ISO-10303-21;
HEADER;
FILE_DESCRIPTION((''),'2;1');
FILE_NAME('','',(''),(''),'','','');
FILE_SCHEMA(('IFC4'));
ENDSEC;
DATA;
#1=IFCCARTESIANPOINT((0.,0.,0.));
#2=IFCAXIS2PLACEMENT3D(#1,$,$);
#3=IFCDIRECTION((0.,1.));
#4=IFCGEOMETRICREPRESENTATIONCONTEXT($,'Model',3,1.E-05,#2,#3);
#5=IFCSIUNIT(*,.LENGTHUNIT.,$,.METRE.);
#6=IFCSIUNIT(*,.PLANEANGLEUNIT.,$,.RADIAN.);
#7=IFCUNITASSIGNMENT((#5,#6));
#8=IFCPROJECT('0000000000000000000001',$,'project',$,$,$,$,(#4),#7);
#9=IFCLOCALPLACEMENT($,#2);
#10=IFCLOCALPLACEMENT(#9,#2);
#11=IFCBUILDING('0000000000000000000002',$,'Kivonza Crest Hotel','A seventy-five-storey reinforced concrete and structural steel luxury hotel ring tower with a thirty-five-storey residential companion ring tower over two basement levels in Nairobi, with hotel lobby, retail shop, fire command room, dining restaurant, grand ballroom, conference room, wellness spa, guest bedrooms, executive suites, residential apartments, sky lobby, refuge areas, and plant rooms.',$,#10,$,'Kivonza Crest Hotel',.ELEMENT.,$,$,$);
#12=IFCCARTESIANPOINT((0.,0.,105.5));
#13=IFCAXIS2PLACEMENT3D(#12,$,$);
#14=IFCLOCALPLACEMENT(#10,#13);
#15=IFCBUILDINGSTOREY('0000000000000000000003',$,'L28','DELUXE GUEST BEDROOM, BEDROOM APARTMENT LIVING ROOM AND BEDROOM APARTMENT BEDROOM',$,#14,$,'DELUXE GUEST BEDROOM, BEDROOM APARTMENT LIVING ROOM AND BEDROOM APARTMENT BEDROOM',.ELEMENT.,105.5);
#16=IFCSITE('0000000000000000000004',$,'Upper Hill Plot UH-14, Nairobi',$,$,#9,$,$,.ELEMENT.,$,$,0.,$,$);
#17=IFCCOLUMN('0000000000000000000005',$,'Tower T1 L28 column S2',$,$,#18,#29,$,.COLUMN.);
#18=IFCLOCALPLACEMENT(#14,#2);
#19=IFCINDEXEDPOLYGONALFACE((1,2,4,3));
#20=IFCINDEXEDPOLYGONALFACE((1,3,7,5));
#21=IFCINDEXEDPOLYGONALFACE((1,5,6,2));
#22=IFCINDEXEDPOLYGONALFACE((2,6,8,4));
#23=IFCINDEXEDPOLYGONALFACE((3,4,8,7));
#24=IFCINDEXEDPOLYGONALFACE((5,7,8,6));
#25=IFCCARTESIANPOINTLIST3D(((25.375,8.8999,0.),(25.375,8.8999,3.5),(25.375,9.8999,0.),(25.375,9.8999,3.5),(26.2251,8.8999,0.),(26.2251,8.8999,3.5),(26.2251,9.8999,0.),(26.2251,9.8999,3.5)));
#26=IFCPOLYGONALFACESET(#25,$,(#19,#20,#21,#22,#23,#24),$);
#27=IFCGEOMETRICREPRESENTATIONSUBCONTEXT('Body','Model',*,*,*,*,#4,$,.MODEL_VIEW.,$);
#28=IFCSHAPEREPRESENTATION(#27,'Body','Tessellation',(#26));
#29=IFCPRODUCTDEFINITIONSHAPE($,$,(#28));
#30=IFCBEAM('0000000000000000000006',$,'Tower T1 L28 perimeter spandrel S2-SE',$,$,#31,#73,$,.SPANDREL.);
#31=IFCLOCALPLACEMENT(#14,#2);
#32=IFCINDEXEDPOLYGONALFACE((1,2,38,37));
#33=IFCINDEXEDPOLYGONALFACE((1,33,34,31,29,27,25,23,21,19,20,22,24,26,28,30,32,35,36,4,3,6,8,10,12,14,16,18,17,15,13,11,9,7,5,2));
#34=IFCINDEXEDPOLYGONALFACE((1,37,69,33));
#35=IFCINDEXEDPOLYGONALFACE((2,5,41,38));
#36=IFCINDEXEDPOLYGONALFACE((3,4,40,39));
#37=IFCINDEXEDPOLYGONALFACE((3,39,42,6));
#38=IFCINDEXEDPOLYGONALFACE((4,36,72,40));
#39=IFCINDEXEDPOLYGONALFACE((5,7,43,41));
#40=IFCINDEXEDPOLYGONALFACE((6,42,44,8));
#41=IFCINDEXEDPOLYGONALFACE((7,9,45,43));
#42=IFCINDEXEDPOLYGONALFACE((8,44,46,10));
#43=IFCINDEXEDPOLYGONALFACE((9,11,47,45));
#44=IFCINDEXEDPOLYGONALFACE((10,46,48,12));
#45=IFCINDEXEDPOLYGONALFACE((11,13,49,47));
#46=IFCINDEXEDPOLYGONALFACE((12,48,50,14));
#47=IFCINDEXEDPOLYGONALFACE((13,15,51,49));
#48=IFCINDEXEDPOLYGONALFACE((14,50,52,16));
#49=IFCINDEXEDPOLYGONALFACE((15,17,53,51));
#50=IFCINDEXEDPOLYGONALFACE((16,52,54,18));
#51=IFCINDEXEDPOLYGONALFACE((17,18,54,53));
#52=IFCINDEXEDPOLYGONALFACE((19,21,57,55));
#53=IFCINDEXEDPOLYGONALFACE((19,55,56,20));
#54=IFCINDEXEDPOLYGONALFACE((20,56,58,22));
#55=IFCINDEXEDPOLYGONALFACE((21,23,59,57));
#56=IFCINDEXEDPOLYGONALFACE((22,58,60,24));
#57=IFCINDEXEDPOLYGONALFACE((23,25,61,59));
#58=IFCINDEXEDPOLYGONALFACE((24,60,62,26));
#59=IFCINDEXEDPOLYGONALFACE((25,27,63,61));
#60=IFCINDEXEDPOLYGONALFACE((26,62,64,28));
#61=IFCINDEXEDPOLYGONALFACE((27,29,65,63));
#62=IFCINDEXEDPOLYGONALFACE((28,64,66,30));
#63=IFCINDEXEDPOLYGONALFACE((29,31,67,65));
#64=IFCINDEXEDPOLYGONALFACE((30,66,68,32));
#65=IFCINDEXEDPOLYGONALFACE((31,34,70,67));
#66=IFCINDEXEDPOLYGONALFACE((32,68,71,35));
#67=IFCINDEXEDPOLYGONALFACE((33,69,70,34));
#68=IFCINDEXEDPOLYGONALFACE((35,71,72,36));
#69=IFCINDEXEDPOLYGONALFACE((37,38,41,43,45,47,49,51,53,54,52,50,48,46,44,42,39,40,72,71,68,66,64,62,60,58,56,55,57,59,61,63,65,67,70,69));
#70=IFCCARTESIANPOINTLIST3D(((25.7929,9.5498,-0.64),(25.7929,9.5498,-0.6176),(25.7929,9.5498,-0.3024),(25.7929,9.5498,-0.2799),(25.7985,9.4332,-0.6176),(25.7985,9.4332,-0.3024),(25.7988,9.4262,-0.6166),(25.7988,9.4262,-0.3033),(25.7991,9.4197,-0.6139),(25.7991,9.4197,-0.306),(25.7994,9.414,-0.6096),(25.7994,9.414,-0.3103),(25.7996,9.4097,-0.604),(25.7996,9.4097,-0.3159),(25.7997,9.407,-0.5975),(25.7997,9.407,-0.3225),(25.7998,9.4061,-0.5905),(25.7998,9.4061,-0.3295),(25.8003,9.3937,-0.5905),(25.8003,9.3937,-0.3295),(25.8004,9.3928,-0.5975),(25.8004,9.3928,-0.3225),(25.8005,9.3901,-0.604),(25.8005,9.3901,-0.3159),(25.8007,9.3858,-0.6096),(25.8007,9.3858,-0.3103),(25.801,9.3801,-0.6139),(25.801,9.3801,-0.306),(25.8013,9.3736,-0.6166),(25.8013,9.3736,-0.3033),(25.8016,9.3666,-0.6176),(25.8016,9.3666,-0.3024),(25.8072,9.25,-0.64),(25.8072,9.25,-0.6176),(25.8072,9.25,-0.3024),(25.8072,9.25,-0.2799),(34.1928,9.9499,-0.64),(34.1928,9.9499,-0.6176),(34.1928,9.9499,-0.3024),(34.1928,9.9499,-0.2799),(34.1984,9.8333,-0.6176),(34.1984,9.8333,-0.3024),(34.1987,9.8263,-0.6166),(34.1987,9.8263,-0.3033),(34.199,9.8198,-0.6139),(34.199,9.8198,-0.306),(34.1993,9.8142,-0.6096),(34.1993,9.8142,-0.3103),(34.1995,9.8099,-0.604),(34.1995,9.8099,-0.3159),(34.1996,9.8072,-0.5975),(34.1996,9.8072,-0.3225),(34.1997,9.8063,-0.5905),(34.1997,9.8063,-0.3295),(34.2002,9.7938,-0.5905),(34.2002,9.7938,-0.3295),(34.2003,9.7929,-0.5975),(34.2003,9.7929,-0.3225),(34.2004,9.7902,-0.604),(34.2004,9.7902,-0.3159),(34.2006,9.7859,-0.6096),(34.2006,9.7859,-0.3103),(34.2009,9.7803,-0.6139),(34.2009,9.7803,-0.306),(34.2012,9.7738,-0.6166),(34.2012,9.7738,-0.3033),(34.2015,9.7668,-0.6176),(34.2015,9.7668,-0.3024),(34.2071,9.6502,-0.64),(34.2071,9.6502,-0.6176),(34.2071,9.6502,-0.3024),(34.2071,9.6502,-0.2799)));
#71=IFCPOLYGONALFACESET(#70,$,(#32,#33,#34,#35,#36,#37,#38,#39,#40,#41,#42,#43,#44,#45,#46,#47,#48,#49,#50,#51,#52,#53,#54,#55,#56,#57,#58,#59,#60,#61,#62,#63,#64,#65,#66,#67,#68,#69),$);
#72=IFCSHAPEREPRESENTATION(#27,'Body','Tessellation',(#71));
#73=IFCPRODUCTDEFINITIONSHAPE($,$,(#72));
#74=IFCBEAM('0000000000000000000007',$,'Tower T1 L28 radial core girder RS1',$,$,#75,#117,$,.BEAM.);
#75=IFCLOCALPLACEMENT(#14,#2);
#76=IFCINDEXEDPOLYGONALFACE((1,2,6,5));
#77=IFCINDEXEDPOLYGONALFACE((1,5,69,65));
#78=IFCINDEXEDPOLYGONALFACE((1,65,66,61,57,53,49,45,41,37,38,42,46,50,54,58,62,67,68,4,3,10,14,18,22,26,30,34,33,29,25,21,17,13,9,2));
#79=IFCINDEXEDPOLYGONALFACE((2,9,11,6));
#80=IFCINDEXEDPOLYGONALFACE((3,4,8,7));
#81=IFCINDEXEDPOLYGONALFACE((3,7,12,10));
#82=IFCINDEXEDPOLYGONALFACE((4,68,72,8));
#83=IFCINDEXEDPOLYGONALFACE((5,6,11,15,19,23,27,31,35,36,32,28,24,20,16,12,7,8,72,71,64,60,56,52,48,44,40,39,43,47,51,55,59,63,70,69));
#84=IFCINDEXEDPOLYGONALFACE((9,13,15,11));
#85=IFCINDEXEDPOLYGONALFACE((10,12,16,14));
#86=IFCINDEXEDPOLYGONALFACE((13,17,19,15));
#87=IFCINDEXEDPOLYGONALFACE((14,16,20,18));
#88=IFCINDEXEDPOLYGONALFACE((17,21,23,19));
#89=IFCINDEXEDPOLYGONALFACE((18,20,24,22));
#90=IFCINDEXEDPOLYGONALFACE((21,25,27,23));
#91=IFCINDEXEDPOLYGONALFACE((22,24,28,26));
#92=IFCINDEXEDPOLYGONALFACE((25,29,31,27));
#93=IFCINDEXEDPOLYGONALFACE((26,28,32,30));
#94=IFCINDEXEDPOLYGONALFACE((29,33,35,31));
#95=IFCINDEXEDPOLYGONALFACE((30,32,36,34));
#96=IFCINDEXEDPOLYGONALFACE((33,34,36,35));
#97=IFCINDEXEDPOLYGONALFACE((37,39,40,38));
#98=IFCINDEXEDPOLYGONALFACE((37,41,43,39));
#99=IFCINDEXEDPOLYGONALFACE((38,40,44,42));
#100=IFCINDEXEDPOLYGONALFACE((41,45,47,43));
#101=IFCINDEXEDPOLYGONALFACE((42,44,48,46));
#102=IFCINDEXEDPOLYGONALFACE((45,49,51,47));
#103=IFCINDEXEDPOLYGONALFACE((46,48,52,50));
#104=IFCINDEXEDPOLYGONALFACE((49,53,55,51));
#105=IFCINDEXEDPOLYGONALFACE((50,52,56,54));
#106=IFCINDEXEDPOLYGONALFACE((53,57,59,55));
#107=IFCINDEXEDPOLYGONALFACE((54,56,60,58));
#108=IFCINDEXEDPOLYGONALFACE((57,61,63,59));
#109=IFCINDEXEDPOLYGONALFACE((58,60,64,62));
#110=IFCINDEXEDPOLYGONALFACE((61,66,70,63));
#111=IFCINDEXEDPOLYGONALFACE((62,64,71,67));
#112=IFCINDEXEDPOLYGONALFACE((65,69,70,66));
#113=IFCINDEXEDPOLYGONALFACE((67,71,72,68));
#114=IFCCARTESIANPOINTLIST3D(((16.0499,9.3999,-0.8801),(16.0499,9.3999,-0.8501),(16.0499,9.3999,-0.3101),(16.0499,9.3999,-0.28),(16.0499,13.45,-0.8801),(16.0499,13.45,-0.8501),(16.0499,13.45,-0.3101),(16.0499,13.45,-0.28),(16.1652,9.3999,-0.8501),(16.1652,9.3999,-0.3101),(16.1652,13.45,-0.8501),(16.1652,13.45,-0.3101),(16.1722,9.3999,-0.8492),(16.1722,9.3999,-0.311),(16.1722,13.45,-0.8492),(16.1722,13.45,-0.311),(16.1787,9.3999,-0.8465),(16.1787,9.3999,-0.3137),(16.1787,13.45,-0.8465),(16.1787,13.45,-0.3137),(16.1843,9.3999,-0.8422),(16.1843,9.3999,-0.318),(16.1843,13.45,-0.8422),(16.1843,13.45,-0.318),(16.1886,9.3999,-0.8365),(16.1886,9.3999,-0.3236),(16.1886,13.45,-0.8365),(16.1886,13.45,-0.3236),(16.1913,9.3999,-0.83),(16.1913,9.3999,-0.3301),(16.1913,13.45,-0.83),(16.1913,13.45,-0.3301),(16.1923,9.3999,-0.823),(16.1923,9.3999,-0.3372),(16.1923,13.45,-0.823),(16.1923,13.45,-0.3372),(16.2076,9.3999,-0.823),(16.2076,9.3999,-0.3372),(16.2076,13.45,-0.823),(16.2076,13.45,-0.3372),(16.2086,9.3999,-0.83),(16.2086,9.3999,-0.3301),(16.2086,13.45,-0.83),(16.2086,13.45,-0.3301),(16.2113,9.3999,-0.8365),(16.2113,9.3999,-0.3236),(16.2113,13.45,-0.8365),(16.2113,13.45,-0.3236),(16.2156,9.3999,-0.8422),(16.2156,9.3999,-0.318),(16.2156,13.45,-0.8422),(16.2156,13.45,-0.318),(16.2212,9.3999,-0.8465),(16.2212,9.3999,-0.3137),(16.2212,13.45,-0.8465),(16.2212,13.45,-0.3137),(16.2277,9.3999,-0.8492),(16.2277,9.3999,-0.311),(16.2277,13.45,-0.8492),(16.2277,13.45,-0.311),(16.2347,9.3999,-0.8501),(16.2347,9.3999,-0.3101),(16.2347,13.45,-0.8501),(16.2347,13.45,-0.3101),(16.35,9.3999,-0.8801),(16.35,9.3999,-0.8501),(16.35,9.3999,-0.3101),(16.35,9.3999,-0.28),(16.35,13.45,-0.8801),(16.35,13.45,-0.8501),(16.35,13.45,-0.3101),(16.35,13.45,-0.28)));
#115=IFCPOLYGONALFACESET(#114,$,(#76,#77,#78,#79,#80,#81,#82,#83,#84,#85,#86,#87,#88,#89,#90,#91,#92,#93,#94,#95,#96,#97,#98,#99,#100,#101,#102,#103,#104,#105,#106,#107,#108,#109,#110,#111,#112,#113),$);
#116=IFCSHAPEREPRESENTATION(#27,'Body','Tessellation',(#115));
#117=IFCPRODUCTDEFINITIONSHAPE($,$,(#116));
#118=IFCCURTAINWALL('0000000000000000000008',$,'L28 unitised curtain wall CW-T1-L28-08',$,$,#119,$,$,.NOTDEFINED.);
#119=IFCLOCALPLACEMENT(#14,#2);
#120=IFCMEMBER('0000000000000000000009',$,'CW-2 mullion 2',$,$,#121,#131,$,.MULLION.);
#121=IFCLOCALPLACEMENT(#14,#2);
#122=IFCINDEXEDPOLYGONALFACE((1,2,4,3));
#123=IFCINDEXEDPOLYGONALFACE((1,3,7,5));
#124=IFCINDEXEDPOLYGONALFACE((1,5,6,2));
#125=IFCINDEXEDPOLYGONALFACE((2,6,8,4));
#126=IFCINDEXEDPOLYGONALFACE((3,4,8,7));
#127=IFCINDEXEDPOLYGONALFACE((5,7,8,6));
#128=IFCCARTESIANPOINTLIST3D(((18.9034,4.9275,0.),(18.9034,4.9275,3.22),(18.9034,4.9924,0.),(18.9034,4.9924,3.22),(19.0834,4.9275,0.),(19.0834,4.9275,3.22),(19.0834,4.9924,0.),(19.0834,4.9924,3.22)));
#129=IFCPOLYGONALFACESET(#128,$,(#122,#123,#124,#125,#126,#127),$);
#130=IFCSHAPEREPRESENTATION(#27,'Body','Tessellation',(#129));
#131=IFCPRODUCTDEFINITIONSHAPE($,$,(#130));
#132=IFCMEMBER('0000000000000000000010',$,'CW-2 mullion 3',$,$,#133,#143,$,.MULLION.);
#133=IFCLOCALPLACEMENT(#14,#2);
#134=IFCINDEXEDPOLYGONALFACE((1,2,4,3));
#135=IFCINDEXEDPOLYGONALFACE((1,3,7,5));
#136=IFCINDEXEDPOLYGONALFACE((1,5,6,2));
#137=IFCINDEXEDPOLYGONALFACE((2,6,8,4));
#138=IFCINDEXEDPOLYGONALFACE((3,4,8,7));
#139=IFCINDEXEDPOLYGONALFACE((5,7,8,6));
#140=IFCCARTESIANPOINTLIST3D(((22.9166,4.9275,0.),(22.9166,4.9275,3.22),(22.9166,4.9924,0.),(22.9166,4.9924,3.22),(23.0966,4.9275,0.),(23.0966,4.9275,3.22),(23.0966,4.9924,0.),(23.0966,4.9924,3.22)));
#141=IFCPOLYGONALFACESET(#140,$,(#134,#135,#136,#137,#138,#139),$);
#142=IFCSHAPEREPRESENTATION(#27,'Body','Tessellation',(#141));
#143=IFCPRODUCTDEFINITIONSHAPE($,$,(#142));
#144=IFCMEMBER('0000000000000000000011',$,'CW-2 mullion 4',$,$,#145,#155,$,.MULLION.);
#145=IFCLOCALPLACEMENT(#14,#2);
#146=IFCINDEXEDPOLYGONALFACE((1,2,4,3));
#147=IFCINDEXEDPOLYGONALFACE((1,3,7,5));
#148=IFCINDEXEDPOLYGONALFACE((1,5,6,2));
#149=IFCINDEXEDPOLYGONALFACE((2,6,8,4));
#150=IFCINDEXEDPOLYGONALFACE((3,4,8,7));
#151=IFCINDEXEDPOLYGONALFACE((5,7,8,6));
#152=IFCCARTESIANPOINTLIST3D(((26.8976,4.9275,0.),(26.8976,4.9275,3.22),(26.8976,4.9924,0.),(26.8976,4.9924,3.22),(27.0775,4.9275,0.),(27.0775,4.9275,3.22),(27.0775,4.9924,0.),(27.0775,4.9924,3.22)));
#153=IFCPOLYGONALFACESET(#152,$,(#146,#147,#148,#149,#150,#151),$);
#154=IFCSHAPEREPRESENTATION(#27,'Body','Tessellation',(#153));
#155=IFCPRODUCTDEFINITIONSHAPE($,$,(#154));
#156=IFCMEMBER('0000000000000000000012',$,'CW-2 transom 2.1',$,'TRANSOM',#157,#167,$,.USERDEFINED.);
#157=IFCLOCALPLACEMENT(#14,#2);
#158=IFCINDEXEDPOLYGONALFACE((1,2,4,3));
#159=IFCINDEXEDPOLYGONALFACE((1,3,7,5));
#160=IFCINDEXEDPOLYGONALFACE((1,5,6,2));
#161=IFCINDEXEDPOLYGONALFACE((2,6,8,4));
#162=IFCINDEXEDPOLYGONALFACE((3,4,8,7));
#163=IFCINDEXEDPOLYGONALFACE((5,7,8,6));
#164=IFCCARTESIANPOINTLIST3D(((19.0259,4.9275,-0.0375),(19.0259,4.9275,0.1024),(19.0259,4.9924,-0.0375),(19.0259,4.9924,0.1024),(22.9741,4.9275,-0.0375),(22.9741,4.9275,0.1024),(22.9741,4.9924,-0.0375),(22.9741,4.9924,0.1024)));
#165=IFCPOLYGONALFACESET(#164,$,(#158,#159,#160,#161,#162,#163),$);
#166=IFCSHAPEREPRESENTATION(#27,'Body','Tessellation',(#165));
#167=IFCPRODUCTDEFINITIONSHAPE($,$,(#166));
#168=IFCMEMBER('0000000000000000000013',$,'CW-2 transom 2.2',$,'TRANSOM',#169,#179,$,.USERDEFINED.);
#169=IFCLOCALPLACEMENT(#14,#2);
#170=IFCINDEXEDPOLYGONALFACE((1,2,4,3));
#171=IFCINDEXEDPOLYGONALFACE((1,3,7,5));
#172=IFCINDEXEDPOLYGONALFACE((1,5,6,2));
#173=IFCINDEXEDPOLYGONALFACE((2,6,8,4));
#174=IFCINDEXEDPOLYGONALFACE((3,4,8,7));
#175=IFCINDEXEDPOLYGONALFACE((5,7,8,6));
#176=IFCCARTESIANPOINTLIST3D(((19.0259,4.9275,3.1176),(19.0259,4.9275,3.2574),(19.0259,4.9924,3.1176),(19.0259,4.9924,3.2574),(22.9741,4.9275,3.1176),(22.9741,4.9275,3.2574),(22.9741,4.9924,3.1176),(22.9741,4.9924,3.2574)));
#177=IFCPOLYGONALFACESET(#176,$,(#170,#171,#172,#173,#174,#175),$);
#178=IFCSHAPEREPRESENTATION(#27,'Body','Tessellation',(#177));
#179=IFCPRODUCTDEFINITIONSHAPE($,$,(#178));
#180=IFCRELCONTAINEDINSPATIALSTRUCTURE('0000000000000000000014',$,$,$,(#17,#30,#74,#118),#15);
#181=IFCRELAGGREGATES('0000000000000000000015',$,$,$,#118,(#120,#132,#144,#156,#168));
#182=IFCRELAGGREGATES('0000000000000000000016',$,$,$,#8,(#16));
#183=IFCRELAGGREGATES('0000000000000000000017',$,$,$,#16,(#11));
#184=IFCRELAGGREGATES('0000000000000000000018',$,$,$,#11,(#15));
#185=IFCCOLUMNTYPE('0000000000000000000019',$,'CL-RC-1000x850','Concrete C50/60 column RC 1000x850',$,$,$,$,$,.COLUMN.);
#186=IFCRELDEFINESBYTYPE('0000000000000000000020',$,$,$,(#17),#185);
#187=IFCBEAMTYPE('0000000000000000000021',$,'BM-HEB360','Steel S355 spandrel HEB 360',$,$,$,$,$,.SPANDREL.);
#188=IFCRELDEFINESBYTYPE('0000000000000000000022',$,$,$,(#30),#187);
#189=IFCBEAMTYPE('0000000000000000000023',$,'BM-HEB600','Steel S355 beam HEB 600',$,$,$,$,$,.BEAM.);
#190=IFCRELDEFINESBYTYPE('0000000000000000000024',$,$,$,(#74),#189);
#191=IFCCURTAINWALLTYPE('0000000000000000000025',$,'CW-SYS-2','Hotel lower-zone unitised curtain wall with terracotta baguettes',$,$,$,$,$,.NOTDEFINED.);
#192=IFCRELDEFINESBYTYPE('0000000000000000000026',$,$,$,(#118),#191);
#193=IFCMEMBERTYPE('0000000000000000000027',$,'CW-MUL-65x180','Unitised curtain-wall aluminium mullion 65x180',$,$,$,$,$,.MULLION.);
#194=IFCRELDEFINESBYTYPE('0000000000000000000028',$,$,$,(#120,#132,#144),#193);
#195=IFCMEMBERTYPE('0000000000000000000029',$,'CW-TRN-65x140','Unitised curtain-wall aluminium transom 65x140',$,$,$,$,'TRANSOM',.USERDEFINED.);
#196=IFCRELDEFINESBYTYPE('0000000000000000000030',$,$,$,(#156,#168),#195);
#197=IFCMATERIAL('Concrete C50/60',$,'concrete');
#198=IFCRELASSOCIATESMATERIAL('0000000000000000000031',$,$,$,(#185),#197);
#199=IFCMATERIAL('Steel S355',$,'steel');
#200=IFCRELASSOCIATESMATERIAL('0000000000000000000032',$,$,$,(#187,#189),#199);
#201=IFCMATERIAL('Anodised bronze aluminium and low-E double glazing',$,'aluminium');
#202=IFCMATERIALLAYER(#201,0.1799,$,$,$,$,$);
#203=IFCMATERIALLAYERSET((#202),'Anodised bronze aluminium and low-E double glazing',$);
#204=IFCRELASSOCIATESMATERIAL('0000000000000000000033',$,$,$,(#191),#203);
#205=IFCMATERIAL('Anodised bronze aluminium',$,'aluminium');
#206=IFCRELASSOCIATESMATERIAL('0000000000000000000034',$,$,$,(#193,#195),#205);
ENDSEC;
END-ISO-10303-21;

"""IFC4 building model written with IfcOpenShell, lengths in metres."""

from ifc_helpers import new_model, si_unit, direction, frame, origin, origin_2d, place, context, subcontext, project, spatial, rectangle, i_section, extrude, material, layer, layer_set, material_profile, profile_set, type_object, element, aggregate, save


model = new_model("IFC4")

# Units and contexts
model_context = context("Model", 3, precision=1e-05, world=origin(), true_north=direction((0.0, 1.0)))
body_context = subcontext(model_context, "Body", "Model", "MODEL_VIEW")
ifc_project = project(units=[si_unit("LENGTHUNIT", "METRE"), si_unit("PLANEANGLEUNIT", "RADIAN")], contexts=[model_context])

# Site, building, storey
site_placement = place(None, origin())
site = spatial("IfcSite", under=ifc_project, at=site_placement, Name="Upper Hill Plot UH-14, Nairobi", CompositionType="ELEMENT", RefElevation=0.0)
building_placement = place(site_placement, origin())
building = spatial("IfcBuilding", under=site, at=building_placement, Name="Kivonza Crest Hotel", Description="A seventy-five-storey reinforced concrete and structural steel luxury hotel ring tower with a thirty-five-storey residential companion ring tower over two basement levels in Nairobi, with hotel lobby, retail shop, fire command room, dining restaurant, grand ballroom, conference room, wellness spa, guest bedrooms, executive suites, residential apartments, sky lobby, refuge areas, and plant rooms.", LongName="Kivonza Crest Hotel", CompositionType="ELEMENT")
storey_placement = place(building_placement, frame((0.0, 0.0, 105.5)))
storey = spatial("IfcBuildingStorey", under=building, at=storey_placement, Name="L28", Description="DELUXE GUEST BEDROOM, BEDROOM APARTMENT LIVING ROOM AND BEDROOM APARTMENT BEDROOM", LongName="DELUXE GUEST BEDROOM, BEDROOM APARTMENT LIVING ROOM AND BEDROOM APARTMENT BEDROOM", CompositionType="ELEMENT", Elevation=105.5)

# Column
ifc_material_1 = material(Name="Concrete C50/60", Category="concrete")
ifc_material_profile_1 = material_profile(ifc_material_1, rectangle(XDim=0.8501, YDim=1.0, at=origin_2d()), Name="RC 1000x850")
ifc_profile_set_1 = profile_set([ifc_material_profile_1], Name="Concrete C50/60")
column_type = type_object("IfcColumnType", Name="CL-RC-1000x850", Description="Concrete C50/60 column RC 1000x850", PredefinedType="COLUMN", material=ifc_profile_set_1)
column_placement = place(storey_placement, frame((25.8, 9.3999, 0.0), z_axis=(0.0, 0.0, 1.0), x_axis=(1.0, 0.0, 0.0)))
element("IfcColumn", 1, at=column_placement, inside=storey, type_object=column_type, Name="Tower T1 L28 column S2", PredefinedType="COLUMN", context=body_context, shape_type="SweptSolid", body=[
    extrude(rectangle(XDim=0.8501, YDim=1.0, at=origin_2d()), origin(), (0.0, 0.0, 1.0), 3.5),
])

# Beams
ifc_material_2 = material(Name="Steel S355", Category="steel")
ifc_material_profile_2 = material_profile(ifc_material_2, i_section(OverallWidth=0.3, OverallDepth=0.3601, WebThickness=0.0125, FlangeThickness=0.0225, FilletRadius=0.0271, at=origin_2d()), Name="HEB 360")
ifc_profile_set_2 = profile_set([ifc_material_profile_2], Name="Steel S355")
beam_type_1 = type_object("IfcBeamType", Name="BM-HEB360", Description="Steel S355 spandrel HEB 360", PredefinedType="SPANDREL", material=ifc_profile_set_2)
beam_1_placement = place(storey_placement, frame((25.8, 9.3999, -0.46), z_axis=(0.998867, 0.047583, 0.0), x_axis=(-0.047583, 0.998867, 0.0)))
element("IfcBeam", 2, at=beam_1_placement, inside=storey, type_object=beam_type_1, Name="Tower T1 L28 perimeter spandrel S2-SE", PredefinedType="SPANDREL", context=body_context, shape_type="SweptSolid", body=[
    extrude(i_section(OverallWidth=0.3, OverallDepth=0.3601, WebThickness=0.0125, FlangeThickness=0.0225, FilletRadius=0.0271, at=origin_2d()), origin(), (0.0, 0.0, 1.0), 8.4094),
])
ifc_material_profile_3 = material_profile(ifc_material_2, i_section(OverallWidth=0.3, OverallDepth=0.6001, WebThickness=0.0154, FlangeThickness=0.03, FilletRadius=0.0271, at=origin_2d()), Name="HEB 600")
ifc_profile_set_3 = profile_set([ifc_material_profile_3], Name="Steel S355")
beam_type_2 = type_object("IfcBeamType", Name="BM-HEB600", Description="Steel S355 beam HEB 600", PredefinedType="BEAM", material=ifc_profile_set_3)
beam_2_placement = place(storey_placement, frame((16.2, 9.3999, -0.5801), z_axis=(0.0, 1.0, 0.0), x_axis=(-1.0, 0.0, 0.0)))
element("IfcBeam", 3, at=beam_2_placement, inside=storey, type_object=beam_type_2, Name="Tower T1 L28 radial core girder RS1", PredefinedType="BEAM", context=body_context, shape_type="SweptSolid", body=[
    extrude(i_section(OverallWidth=0.3, OverallDepth=0.6001, WebThickness=0.0154, FlangeThickness=0.03, FilletRadius=0.0271, at=origin_2d()), origin(), (0.0, 0.0, 1.0), 4.05),
])

# Curtain wall, members
ifc_material_3 = material(Name="Anodised bronze aluminium and low-E double glazing", Category="aluminium")
ifc_layer_1 = layer(ifc_material_3, 0.1799)
ifc_layer_set_1 = layer_set([ifc_layer_1], Name="Anodised bronze aluminium and low-E double glazing")
curtain_wall_type = type_object("IfcCurtainWallType", Name="CW-SYS-2", Description="Hotel lower-zone unitised curtain wall with terracotta baguettes", PredefinedType="NOTDEFINED", material=ifc_layer_set_1)
curtain_wall_placement = place(storey_placement, origin())
curtain_wall = element("IfcCurtainWall", 4, at=curtain_wall_placement, inside=storey, type_object=curtain_wall_type, Name="L28 unitised curtain wall CW-T1-L28-08", PredefinedType="NOTDEFINED")
ifc_material_4 = material(Name="Anodised bronze aluminium", Category="aluminium")
ifc_material_profile_4 = material_profile(ifc_material_4, rectangle(XDim=0.0649, YDim=0.1799, at=origin_2d()), Name="CW-M 65x180")
ifc_profile_set_4 = profile_set([ifc_material_profile_4], Name="Anodised bronze aluminium")
member_type_1 = type_object("IfcMemberType", Name="CW-MUL-65x180", Description="Unitised curtain-wall aluminium mullion 65x180", PredefinedType="MULLION", material=ifc_profile_set_4)
member_1_placement = place(storey_placement, frame((18.9934, 4.96, 0.0), z_axis=(0.0, 0.0, 1.0), x_axis=(0.0, 1.0, 0.0)))
member_1 = element("IfcMember", 5, at=member_1_placement, type_object=member_type_1, Name="CW-2 mullion 2", PredefinedType="MULLION", context=body_context, shape_type="SweptSolid", body=[
    extrude(rectangle(XDim=0.0649, YDim=0.1799, at=origin_2d()), origin(), (0.0, 0.0, 1.0), 3.22),
])
member_2_placement = place(storey_placement, frame((23.0066, 4.96, 0.0), z_axis=(0.0, 0.0, 1.0), x_axis=(0.0, 1.0, 0.0)))
member_2 = element("IfcMember", 6, at=member_2_placement, type_object=member_type_1, Name="CW-2 mullion 3", PredefinedType="MULLION", context=body_context, shape_type="SweptSolid", body=[
    extrude(rectangle(XDim=0.0649, YDim=0.1799, at=origin_2d()), origin(), (0.0, 0.0, 1.0), 3.22),
])
member_3_placement = place(storey_placement, frame((26.9875, 4.96, 0.0), z_axis=(0.0, 0.0, 1.0), x_axis=(0.0, 1.0, 0.0)))
member_3 = element("IfcMember", 7, at=member_3_placement, type_object=member_type_1, Name="CW-2 mullion 4", PredefinedType="MULLION", context=body_context, shape_type="SweptSolid", body=[
    extrude(rectangle(XDim=0.0649, YDim=0.1799, at=origin_2d()), origin(), (0.0, 0.0, 1.0), 3.22),
])
ifc_material_profile_5 = material_profile(ifc_material_4, rectangle(XDim=0.0649, YDim=0.1399, at=origin_2d()), Name="CW-T 65x140")
ifc_profile_set_5 = profile_set([ifc_material_profile_5], Name="Anodised bronze aluminium")
member_type_2 = type_object("IfcMemberType", Name="CW-TRN-65x140", Description="Unitised curtain-wall aluminium transom 65x140", ElementType="TRANSOM", PredefinedType="USERDEFINED", material=ifc_profile_set_5)
member_4_placement = place(storey_placement, frame((19.0259, 4.96, 0.0325), z_axis=(1.0, 0.0, 0.0), x_axis=(0.0, 1.0, 0.0)))
member_4 = element("IfcMember", 8, at=member_4_placement, type_object=member_type_2, Name="CW-2 transom 2.1", ObjectType="TRANSOM", PredefinedType="USERDEFINED", context=body_context, shape_type="SweptSolid", body=[
    extrude(rectangle(XDim=0.0649, YDim=0.1399, at=origin_2d()), origin(), (0.0, 0.0, 1.0), 3.9482),
])
member_5_placement = place(storey_placement, frame((19.0259, 4.96, 3.1875), z_axis=(1.0, 0.0, 0.0), x_axis=(0.0, 1.0, 0.0)))
member_5 = element("IfcMember", 9, at=member_5_placement, type_object=member_type_2, Name="CW-2 transom 2.2", ObjectType="TRANSOM", PredefinedType="USERDEFINED", context=body_context, shape_type="SweptSolid", body=[
    extrude(rectangle(XDim=0.0649, YDim=0.1399, at=origin_2d()), origin(), (0.0, 0.0, 1.0), 3.9482),
])
aggregate(curtain_wall, [member_1, member_2, member_3, member_4, member_5])

save(model, "model.ifc")
